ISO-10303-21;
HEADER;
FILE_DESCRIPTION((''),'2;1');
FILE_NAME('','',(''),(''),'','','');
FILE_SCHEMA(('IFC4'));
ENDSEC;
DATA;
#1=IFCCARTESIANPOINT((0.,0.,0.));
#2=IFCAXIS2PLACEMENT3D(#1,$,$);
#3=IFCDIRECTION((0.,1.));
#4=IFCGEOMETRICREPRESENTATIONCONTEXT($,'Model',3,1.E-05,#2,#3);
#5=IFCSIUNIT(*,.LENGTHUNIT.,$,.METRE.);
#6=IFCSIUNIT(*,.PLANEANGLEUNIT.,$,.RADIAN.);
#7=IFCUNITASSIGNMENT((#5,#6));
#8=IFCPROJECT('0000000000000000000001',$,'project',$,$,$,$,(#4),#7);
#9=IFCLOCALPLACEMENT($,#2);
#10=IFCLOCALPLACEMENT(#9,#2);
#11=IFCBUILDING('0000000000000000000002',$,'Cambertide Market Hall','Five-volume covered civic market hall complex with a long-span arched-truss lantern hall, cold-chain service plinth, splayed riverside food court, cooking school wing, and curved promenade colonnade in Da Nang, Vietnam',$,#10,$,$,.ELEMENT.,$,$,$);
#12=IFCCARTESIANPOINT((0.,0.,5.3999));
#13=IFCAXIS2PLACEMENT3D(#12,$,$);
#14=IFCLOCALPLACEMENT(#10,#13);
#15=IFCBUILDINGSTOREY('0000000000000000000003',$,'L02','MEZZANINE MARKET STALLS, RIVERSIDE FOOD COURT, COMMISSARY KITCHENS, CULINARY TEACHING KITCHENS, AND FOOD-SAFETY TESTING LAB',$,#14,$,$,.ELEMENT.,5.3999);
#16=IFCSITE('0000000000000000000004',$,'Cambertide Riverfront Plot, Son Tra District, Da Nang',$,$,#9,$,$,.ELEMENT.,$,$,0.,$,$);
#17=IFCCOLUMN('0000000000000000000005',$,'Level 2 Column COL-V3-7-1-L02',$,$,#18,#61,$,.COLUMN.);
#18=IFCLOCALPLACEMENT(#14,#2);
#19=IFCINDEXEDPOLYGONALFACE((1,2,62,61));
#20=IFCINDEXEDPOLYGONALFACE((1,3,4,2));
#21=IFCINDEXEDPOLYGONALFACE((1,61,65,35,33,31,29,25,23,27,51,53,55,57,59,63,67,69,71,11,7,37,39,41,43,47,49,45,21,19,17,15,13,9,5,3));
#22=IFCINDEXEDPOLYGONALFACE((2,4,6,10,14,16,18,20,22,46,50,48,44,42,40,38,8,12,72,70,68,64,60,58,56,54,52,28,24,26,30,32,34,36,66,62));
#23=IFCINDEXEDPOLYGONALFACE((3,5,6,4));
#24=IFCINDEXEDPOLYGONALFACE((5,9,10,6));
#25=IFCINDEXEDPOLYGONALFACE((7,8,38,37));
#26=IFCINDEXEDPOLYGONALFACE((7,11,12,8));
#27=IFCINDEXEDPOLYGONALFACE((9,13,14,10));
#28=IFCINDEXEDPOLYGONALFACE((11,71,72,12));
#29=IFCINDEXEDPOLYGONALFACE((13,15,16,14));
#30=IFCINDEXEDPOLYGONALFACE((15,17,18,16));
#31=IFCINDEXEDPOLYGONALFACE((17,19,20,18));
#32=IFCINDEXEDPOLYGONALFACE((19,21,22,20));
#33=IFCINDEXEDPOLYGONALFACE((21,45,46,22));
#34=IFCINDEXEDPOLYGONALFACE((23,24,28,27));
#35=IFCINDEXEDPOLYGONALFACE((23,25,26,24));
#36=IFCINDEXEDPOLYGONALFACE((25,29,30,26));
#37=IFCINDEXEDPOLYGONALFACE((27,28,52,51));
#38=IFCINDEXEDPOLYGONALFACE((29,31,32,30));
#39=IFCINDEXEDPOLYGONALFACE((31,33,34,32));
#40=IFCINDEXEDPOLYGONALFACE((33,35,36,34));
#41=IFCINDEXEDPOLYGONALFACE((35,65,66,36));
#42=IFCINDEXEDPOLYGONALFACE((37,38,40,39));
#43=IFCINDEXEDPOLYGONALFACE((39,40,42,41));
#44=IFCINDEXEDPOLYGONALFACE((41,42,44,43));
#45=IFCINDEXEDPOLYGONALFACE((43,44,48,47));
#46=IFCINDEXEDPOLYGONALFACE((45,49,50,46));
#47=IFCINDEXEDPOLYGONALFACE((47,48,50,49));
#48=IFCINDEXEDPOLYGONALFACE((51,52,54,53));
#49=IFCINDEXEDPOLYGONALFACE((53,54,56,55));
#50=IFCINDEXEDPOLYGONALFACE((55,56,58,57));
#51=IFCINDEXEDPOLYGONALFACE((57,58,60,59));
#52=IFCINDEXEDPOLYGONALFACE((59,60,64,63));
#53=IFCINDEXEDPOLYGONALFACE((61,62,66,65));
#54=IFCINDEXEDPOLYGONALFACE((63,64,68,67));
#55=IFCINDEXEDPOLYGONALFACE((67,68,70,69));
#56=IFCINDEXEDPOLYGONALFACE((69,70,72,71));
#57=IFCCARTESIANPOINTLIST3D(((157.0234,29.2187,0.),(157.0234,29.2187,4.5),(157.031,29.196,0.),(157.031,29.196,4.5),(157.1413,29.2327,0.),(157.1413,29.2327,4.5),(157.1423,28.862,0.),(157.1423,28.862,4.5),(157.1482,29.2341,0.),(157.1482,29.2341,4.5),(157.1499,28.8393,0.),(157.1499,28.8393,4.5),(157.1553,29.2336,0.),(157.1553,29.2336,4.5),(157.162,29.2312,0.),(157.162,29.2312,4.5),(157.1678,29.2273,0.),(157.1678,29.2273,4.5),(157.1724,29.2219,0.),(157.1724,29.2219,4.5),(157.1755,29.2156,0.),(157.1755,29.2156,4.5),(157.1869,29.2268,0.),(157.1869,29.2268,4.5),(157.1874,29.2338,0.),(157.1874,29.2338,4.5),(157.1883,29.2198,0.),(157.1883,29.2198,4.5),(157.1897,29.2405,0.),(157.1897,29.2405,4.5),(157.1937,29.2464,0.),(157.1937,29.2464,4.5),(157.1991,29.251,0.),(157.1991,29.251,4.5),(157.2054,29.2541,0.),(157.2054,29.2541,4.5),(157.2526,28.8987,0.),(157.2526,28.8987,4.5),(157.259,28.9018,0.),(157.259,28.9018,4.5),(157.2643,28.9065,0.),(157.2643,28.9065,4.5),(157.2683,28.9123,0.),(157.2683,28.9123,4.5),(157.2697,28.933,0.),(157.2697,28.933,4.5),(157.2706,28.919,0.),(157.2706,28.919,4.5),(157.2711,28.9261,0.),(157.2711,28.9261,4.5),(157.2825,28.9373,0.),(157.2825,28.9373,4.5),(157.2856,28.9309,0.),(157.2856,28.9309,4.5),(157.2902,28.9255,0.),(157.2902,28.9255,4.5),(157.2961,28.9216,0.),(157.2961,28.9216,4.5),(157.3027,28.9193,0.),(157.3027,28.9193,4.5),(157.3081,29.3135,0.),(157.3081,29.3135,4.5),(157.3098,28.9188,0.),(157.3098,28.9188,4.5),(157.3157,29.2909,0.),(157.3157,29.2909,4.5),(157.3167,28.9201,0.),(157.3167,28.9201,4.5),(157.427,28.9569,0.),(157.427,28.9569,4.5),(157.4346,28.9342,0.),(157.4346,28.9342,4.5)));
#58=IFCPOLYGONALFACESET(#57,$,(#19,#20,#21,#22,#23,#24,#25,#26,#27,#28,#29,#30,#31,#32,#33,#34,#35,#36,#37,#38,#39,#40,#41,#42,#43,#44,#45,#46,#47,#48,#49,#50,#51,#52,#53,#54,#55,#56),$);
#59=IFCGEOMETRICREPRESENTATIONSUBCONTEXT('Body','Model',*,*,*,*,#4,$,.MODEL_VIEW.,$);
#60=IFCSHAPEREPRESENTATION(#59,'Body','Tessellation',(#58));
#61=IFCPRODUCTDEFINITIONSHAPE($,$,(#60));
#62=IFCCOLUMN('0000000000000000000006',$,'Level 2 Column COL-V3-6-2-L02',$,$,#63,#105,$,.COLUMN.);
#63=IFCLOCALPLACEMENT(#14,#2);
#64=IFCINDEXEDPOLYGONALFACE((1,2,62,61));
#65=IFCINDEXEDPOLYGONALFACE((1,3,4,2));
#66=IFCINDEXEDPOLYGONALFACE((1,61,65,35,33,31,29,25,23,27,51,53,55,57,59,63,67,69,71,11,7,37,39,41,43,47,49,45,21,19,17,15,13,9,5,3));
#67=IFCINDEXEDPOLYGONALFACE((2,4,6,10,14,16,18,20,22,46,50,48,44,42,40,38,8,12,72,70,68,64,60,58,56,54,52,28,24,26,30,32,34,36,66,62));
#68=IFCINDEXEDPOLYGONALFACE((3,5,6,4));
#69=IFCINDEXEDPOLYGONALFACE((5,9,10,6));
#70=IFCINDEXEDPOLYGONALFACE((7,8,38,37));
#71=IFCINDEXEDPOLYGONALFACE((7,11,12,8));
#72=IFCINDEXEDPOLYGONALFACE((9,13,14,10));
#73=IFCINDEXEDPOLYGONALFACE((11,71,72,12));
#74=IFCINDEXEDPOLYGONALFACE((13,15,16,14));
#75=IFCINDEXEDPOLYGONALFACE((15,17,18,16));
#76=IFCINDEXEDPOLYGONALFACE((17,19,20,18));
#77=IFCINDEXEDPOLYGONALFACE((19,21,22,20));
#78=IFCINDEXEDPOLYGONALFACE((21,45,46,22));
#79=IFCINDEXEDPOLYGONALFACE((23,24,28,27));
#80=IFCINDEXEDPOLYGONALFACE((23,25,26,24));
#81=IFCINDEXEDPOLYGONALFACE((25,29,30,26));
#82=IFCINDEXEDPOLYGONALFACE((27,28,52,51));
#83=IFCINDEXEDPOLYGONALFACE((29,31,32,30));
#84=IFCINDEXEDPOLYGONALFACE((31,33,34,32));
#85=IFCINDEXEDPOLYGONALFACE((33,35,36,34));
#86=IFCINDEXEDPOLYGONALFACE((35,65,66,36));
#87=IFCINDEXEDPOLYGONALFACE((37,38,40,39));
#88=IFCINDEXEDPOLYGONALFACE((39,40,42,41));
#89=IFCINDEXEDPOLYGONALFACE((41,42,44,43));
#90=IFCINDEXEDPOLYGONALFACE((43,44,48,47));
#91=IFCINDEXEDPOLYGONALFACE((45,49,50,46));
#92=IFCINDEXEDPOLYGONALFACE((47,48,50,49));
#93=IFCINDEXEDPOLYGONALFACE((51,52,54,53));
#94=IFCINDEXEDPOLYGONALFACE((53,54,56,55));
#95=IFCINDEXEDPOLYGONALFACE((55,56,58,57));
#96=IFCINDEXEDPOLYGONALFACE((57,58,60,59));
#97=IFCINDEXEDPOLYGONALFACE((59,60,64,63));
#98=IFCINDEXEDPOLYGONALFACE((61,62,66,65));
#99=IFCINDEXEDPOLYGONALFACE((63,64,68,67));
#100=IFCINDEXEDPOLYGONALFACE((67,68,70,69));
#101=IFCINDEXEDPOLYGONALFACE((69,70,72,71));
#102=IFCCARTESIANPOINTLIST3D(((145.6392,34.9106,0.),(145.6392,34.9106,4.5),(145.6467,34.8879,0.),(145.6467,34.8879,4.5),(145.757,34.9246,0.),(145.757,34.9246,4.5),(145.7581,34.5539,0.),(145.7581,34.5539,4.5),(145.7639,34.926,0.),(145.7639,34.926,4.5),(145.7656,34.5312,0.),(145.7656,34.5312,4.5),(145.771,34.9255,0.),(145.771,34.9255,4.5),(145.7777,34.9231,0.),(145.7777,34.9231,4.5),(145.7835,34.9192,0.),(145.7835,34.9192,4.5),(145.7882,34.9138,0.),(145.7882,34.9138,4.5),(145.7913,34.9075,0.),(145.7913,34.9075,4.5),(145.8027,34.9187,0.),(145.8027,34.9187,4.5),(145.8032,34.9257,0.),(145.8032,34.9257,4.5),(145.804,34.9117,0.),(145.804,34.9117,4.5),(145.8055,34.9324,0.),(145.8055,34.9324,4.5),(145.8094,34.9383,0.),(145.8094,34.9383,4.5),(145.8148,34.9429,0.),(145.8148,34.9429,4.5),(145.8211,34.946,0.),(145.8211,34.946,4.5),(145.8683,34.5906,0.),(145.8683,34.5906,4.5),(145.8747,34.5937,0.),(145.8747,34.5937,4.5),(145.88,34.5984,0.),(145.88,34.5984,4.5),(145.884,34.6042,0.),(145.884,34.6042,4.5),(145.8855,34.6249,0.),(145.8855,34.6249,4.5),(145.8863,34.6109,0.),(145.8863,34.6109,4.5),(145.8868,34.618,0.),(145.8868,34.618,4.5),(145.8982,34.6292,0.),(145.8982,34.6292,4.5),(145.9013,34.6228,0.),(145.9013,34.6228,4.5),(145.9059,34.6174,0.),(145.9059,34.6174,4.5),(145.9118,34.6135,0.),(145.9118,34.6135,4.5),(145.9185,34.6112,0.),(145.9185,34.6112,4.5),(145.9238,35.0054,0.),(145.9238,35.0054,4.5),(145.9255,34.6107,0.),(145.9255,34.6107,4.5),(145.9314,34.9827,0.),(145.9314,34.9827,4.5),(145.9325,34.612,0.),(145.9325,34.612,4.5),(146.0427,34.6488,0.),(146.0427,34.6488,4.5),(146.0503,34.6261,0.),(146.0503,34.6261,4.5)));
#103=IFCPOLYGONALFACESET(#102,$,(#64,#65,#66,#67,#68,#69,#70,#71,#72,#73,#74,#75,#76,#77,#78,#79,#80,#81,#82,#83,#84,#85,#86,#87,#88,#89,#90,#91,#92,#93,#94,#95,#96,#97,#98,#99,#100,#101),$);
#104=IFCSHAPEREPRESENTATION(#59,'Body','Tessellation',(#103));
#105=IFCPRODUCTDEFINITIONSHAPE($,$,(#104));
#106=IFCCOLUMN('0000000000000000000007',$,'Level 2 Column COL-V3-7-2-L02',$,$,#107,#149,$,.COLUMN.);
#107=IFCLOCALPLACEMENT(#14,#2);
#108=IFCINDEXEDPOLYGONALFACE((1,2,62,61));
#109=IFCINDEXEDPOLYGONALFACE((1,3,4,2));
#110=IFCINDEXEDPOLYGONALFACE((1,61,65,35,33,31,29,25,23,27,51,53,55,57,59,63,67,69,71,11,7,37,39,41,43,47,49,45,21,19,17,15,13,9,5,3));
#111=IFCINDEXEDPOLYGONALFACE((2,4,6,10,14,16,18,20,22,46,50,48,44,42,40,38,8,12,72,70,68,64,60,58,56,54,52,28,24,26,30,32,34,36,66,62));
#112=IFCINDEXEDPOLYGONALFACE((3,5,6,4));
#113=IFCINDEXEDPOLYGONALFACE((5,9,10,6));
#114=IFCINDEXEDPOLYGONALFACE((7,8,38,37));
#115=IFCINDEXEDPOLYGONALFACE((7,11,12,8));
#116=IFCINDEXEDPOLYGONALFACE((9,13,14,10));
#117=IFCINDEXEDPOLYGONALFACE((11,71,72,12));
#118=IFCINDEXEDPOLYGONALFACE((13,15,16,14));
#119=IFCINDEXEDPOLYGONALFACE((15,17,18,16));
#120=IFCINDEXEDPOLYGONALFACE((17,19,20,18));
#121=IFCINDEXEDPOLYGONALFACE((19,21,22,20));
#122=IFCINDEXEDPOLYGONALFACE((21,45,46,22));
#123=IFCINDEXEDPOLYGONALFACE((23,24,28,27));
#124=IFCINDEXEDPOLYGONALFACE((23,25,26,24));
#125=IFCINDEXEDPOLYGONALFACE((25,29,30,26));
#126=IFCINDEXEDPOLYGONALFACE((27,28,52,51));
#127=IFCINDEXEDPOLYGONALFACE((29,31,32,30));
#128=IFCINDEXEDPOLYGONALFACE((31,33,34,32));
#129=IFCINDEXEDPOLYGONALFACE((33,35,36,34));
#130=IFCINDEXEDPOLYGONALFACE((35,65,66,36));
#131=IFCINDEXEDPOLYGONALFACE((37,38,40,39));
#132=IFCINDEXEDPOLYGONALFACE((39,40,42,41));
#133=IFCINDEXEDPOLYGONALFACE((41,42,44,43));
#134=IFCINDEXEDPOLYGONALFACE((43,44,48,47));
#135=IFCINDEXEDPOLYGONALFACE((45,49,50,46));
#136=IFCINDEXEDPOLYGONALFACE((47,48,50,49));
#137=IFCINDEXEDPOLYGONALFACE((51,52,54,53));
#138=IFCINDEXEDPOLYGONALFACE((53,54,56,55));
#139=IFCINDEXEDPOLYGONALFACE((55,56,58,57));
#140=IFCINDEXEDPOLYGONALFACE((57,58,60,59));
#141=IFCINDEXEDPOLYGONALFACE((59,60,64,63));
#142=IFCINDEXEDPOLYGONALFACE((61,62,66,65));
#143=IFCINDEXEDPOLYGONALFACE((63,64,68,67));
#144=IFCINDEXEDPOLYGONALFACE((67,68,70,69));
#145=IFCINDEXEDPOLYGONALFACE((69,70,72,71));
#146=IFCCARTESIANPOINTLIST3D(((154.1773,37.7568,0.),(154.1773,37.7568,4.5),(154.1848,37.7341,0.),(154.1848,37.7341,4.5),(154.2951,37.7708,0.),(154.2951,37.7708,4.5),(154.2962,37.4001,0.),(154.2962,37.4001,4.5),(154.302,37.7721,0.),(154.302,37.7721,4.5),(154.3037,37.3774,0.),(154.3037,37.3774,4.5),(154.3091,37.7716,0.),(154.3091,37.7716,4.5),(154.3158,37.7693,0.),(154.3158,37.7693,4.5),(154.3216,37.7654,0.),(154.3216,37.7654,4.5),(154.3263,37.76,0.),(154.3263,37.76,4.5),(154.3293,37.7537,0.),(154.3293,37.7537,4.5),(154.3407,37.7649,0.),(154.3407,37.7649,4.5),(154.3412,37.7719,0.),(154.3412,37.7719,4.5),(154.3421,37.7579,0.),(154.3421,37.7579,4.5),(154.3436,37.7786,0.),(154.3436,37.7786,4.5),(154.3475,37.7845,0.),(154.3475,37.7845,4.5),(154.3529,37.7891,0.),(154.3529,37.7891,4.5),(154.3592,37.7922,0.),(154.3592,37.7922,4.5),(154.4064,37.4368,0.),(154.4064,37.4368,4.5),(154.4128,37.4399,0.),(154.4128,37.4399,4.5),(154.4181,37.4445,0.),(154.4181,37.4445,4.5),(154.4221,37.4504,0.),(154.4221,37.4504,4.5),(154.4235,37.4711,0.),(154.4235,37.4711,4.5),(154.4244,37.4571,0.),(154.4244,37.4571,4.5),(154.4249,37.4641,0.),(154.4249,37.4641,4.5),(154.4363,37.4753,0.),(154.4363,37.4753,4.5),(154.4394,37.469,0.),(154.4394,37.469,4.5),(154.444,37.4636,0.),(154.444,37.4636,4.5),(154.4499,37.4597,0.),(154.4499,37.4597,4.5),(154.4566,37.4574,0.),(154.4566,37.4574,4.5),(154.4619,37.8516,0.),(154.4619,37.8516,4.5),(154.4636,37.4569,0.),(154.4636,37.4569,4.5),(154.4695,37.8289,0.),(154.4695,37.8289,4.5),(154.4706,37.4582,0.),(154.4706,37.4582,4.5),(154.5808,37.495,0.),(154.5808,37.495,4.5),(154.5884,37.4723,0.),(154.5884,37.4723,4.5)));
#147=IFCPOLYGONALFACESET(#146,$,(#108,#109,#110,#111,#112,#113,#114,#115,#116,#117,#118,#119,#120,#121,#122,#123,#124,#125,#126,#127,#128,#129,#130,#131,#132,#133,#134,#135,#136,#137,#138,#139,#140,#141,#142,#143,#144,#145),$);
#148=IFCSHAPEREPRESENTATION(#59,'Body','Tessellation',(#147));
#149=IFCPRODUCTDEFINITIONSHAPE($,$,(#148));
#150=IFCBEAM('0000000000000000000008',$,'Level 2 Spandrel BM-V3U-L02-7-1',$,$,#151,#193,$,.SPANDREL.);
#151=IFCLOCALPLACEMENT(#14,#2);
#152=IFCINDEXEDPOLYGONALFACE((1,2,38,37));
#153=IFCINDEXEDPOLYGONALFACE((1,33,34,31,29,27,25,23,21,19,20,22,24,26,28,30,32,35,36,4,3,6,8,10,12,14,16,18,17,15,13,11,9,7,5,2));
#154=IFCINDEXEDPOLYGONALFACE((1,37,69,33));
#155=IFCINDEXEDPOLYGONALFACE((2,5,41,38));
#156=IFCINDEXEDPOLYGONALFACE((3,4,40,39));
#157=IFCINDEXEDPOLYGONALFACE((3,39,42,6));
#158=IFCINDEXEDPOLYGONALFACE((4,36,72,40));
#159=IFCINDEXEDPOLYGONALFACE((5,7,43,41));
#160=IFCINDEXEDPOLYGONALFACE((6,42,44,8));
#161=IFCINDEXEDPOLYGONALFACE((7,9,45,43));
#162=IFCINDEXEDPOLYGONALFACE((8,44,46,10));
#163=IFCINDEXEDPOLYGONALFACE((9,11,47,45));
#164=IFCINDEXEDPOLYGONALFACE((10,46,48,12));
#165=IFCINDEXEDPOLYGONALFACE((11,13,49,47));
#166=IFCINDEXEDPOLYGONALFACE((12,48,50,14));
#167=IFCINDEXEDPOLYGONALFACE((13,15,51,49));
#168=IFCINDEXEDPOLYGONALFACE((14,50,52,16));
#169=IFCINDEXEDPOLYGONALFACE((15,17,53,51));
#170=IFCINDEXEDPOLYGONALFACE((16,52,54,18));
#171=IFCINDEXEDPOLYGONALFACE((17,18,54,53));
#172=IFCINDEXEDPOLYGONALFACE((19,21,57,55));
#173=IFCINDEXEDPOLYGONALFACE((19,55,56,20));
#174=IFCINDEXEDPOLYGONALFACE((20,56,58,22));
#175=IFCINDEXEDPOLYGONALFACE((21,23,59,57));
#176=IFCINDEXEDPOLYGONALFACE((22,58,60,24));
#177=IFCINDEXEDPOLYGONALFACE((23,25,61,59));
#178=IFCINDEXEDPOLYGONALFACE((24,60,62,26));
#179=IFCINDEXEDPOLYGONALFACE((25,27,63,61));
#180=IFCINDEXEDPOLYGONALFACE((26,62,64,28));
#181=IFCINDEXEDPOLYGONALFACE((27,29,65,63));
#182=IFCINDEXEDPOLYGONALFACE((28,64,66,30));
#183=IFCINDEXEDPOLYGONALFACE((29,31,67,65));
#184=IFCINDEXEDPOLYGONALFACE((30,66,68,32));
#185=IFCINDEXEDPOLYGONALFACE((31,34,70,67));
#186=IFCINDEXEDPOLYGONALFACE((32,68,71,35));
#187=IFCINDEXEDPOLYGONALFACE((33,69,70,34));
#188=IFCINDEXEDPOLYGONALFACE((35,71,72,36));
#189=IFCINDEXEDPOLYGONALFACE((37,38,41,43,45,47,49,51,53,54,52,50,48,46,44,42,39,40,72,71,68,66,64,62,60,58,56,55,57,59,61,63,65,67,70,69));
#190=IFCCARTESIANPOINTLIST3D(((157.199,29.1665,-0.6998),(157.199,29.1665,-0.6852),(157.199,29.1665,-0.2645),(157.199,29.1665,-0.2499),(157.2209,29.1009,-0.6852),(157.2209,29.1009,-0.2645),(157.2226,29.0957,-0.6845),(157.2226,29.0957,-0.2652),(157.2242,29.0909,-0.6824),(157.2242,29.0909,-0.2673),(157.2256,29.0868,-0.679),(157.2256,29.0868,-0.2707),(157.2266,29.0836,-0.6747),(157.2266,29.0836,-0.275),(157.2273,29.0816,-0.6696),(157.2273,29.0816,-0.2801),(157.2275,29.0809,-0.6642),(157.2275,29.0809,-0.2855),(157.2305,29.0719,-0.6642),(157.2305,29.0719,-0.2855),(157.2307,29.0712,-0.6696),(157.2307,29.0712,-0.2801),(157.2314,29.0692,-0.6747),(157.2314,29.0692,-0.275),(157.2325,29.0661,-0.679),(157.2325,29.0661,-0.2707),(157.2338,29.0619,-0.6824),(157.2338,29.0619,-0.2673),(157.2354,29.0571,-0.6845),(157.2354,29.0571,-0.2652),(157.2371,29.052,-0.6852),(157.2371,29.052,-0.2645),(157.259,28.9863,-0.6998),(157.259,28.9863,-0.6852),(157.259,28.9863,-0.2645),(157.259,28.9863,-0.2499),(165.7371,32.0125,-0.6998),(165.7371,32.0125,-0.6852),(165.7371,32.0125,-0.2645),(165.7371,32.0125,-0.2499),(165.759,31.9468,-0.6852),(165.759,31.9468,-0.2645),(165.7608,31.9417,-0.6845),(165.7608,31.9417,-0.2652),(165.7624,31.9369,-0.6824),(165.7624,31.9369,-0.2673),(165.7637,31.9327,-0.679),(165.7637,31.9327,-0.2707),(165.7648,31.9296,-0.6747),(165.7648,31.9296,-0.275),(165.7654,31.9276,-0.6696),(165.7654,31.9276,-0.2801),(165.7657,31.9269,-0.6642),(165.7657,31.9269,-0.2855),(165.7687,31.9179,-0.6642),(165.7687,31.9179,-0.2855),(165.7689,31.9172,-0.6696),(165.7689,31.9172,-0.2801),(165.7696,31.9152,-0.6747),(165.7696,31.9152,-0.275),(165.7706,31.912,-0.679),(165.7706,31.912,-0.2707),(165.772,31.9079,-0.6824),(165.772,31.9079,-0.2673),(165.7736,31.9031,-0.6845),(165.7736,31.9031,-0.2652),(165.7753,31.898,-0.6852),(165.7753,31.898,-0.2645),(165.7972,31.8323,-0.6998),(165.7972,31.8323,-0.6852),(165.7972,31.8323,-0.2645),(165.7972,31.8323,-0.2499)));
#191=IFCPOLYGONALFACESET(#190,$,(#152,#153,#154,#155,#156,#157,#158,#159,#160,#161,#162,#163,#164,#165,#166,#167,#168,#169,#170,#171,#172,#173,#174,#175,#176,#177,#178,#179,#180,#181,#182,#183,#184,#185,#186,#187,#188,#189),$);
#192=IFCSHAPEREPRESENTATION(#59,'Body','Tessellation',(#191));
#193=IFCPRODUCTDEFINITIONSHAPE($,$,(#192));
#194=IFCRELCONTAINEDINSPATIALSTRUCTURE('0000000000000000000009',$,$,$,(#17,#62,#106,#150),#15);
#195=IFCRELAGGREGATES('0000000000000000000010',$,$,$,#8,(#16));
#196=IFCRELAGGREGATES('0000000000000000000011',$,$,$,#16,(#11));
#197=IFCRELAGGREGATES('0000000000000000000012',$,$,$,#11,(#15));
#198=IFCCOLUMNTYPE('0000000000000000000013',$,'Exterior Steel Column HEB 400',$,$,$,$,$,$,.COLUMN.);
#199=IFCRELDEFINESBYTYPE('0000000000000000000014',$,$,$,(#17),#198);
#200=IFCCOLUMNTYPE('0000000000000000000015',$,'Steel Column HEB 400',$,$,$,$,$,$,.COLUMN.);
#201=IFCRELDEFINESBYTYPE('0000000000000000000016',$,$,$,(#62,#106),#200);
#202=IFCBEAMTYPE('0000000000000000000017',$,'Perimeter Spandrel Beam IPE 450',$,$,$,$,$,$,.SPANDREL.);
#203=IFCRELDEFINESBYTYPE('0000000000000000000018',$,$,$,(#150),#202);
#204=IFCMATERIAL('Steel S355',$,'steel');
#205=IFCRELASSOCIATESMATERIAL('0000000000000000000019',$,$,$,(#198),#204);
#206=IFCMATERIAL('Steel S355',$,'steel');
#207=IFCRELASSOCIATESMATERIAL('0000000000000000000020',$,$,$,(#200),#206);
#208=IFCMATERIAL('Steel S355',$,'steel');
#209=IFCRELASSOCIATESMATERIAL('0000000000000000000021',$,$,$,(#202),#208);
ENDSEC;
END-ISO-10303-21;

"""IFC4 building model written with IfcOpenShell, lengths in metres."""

from ifc_helpers import new_model, si_unit, direction, frame, origin, origin_2d, place, context, subcontext, project, spatial, i_section, extrude, material, material_profile, profile_set, type_object, element, save


model = new_model("IFC4")

# Units and contexts
model_context = context("Model", 3, precision=1e-05, world=origin(), true_north=direction((0.0, 1.0)))
body_context = subcontext(model_context, "Body", "Model", "MODEL_VIEW")
ifc_project = project(units=[si_unit("LENGTHUNIT", "METRE"), si_unit("PLANEANGLEUNIT", "RADIAN")], contexts=[model_context])

# Site, building, storey
site_placement = place(None, origin())
site = spatial("IfcSite", under=ifc_project, at=site_placement, Name="Cambertide Riverfront Plot, Son Tra District, Da Nang", CompositionType="ELEMENT", RefElevation=0.0)
building_placement = place(site_placement, origin())
building = spatial("IfcBuilding", under=site, at=building_placement, Name="Cambertide Market Hall", Description="Five-volume covered civic market hall complex with a long-span arched-truss lantern hall, cold-chain service plinth, splayed riverside food court, cooking school wing, and curved promenade colonnade in Da Nang, Vietnam", CompositionType="ELEMENT")
storey_placement = place(building_placement, frame((0.0, 0.0, 5.3999)))
storey = spatial("IfcBuildingStorey", under=building, at=storey_placement, Name="L02", Description="MEZZANINE MARKET STALLS, RIVERSIDE FOOD COURT, COMMISSARY KITCHENS, CULINARY TEACHING KITCHENS, AND FOOD-SAFETY TESTING LAB", CompositionType="ELEMENT", Elevation=5.3999)

# Columns
ifc_material_1 = material(Name="Steel S355", Category="steel")
ifc_material_profile_1 = material_profile(ifc_material_1, i_section(OverallWidth=0.3, OverallDepth=0.3999, WebThickness=0.0134, FlangeThickness=0.0239, FilletRadius=0.0271, at=origin_2d()), Name="HEB 400")
ifc_profile_set_1 = profile_set([ifc_material_profile_1], Name="Steel S355")
column_type_1 = type_object("IfcColumnType", Name="Exterior Steel Column HEB 400", PredefinedType="COLUMN", material=ifc_profile_set_1)
column_placement = place(storey_placement, frame((157.229, 29.0764, 0.0), z_axis=(0.0, 0.0, 1.0), x_axis=(0.948683, 0.316228, 0.0)))
element("IfcColumn", 1, at=column_placement, inside=storey, type_object=column_type_1, Name="Level 2 Column COL-V3-7-1-L02", PredefinedType="COLUMN", context=body_context, shape_type="SweptSolid", body=[
    extrude(i_section(OverallWidth=0.3, OverallDepth=0.3999, WebThickness=0.0134, FlangeThickness=0.0239, FilletRadius=0.0271, at=origin_2d()), origin(), (0.0, 0.0, 1.0), 4.5),
])
ifc_material_2 = material(Name="Steel S355", Category="steel")
ifc_material_profile_2 = material_profile(ifc_material_2, i_section(OverallWidth=0.3, OverallDepth=0.3999, WebThickness=0.0134, FlangeThickness=0.0239, FilletRadius=0.0271, at=origin_2d()), Name="HEB 400")
ifc_profile_set_2 = profile_set([ifc_material_profile_2], Name="Steel S355")
column_type_2 = type_object("IfcColumnType", Name="Steel Column HEB 400", PredefinedType="COLUMN", material=ifc_profile_set_2)
for number, where, z_axis, x_axis, name in (
    (2, (145.8447, 34.7683, 0.0), (0.0, 0.0, 1.0), (0.948683, 0.316228, 0.0), "Level 2 Column COL-V3-6-2-L02"),
    (3, (154.3828, 37.6145, 0.0), (0.0, 0.0, 1.0), (0.948683, 0.316228, 0.0), "Level 2 Column COL-V3-7-2-L02"),
):
    element("IfcColumn", number, at=place(storey_placement, frame(where, z_axis=z_axis, x_axis=x_axis)), inside=storey, type_object=column_type_2, Name=name, PredefinedType="COLUMN", context=body_context, shape_type="SweptSolid", body=[
        extrude(i_section(OverallWidth=0.3, OverallDepth=0.3999, WebThickness=0.0134, FlangeThickness=0.0239, FilletRadius=0.0271, at=origin_2d()), origin(), (0.0, 0.0, 1.0), 4.5),
    ])

# Beam
ifc_material_3 = material(Name="Steel S355", Category="steel")
ifc_material_profile_3 = material_profile(ifc_material_3, i_section(OverallWidth=0.1899, OverallDepth=0.45, WebThickness=0.0095, FlangeThickness=0.0146, FilletRadius=0.021, at=origin_2d()), Name="IPE 450")
ifc_profile_set_3 = profile_set([ifc_material_profile_3], Name="Steel S355")
beam_type_1 = type_object("IfcBeamType", Name="Perimeter Spandrel Beam IPE 450", PredefinedType="SPANDREL", material=ifc_profile_set_3)
beam_1_placement = place(storey_placement, frame((157.229, 29.0764, -0.4749), z_axis=(0.948686, 0.31622, 0.0), x_axis=(-0.31622, 0.948686, 0.0)))
element("IfcBeam", 4, at=beam_1_placement, inside=storey, type_object=beam_type_1, Name="Level 2 Spandrel BM-V3U-L02-7-1", PredefinedType="SPANDREL", context=body_context, shape_type="SweptSolid", body=[
    extrude(i_section(OverallWidth=0.1899, OverallDepth=0.45, WebThickness=0.0095, FlangeThickness=0.0146, FilletRadius=0.021, at=origin_2d()), origin(), (0.0, 0.0, 1.0), 9.0),
])

save(model, "model.ifc")
